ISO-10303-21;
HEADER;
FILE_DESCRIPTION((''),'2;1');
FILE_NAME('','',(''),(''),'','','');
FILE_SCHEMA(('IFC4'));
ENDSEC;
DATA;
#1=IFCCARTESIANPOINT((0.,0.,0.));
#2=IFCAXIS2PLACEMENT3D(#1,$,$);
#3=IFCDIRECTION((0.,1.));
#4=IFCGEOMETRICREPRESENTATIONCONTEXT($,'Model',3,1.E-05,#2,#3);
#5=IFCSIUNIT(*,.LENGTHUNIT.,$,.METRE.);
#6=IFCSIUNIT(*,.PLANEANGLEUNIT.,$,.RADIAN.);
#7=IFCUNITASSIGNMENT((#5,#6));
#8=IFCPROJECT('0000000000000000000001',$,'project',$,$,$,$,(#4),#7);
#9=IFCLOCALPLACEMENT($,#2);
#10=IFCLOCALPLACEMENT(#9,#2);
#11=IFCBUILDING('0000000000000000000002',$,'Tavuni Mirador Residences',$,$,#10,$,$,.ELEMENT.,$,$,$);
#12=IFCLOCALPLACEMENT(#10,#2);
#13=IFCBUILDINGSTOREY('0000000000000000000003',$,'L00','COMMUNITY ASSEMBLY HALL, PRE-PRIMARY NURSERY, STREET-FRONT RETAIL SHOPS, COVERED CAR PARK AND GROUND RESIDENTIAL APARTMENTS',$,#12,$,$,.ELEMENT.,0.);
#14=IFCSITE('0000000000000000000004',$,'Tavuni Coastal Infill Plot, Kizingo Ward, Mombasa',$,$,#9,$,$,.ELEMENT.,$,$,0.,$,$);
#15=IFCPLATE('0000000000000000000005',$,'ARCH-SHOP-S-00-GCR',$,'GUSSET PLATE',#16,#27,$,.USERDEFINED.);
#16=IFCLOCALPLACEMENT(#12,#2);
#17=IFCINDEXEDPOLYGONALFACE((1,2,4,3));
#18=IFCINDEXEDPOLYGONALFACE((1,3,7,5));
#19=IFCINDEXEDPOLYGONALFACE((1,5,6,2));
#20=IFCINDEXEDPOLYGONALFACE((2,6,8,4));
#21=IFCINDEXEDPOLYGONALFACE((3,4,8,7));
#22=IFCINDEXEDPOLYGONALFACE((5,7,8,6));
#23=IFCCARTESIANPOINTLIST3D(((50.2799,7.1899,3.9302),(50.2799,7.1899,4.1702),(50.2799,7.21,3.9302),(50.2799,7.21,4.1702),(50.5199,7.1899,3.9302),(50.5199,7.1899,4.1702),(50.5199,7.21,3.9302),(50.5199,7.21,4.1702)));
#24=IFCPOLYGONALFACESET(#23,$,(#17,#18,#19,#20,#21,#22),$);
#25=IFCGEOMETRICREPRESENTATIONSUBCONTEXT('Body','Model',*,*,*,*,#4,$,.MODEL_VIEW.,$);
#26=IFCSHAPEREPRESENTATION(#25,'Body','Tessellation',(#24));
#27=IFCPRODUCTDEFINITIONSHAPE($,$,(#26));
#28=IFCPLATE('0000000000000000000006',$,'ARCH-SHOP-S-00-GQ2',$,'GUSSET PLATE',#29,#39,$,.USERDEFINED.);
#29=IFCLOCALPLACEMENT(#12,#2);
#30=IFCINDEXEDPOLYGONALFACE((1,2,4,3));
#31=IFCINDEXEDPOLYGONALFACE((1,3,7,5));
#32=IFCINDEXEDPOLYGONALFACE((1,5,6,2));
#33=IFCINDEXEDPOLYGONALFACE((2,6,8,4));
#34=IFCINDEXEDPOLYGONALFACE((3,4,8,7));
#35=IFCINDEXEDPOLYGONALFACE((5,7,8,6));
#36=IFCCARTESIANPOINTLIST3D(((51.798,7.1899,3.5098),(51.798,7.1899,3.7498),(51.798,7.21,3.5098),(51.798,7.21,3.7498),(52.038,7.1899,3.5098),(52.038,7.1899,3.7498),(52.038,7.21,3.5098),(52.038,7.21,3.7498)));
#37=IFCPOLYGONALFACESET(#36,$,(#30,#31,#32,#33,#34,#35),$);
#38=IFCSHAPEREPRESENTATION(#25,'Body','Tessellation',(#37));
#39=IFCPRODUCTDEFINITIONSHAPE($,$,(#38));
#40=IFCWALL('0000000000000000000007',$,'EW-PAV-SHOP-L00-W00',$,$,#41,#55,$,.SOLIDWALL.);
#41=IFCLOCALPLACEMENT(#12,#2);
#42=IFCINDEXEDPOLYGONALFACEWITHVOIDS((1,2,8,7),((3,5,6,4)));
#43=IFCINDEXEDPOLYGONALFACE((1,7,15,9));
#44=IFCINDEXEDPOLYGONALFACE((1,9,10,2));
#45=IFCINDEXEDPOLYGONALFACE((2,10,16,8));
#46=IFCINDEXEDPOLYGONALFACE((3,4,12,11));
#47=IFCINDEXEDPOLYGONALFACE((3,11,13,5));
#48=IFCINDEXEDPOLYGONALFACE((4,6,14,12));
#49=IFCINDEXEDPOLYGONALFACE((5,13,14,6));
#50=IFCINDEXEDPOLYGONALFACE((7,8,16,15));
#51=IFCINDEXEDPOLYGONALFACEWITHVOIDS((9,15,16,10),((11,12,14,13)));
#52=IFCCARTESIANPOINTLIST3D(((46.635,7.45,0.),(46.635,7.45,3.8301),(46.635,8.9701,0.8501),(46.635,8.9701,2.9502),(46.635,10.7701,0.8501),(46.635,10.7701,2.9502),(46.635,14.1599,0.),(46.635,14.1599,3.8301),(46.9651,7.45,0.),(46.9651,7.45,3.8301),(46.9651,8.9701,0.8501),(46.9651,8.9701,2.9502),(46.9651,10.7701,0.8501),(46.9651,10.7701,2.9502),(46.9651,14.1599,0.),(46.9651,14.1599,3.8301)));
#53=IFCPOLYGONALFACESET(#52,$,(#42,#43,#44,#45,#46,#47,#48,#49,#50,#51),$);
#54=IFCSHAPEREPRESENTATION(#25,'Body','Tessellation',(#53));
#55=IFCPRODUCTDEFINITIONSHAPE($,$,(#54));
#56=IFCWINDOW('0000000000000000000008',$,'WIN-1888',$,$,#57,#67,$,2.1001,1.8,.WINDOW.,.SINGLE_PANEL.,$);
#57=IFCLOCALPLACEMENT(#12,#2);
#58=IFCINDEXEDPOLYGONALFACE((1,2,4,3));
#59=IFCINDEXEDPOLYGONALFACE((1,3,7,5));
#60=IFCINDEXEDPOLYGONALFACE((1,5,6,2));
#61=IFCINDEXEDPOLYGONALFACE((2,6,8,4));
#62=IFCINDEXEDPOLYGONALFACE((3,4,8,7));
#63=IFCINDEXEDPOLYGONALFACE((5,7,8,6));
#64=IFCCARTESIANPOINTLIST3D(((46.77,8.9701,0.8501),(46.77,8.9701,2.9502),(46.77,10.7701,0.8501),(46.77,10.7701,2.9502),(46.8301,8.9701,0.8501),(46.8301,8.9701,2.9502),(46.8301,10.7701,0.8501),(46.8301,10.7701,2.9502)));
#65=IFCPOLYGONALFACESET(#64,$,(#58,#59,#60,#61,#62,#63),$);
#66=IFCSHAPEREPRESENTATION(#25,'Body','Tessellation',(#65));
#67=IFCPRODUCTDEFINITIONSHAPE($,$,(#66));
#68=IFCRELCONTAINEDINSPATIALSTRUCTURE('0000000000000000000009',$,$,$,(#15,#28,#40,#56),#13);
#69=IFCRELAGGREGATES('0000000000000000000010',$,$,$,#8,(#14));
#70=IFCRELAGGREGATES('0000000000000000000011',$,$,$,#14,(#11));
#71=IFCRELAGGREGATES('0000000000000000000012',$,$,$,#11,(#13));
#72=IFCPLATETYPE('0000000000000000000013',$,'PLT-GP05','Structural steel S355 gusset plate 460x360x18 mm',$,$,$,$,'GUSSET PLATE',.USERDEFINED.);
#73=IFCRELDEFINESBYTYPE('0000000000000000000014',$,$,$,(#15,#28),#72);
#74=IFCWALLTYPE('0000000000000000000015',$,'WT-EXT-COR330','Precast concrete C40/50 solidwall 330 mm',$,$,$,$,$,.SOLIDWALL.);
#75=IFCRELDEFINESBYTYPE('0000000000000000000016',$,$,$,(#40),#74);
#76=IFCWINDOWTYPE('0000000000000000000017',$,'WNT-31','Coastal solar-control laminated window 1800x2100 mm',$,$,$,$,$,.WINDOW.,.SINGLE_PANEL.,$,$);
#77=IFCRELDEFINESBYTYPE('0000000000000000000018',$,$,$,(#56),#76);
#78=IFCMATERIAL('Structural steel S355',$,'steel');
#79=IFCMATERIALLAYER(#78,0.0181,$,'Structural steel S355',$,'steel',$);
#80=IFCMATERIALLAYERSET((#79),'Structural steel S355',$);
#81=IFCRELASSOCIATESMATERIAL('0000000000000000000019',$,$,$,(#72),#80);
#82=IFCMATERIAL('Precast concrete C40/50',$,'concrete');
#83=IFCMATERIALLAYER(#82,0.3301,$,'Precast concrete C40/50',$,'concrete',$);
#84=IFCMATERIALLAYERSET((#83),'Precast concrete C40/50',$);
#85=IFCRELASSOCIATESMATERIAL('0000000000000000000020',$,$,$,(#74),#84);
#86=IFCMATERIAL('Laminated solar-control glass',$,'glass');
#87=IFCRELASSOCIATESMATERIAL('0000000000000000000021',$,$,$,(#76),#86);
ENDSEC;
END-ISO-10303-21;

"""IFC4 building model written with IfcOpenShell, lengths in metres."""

from ifc_helpers import new_model, si_unit, direction, frame, frame_2d, origin, origin_2d, place, context, subcontext, project, spatial, rectangle, extrude, material, layer, layer_set, type_object, element, fill, save


model = new_model("IFC4")

# Units and contexts
model_context = context("Model", 3, precision=1e-05, world=origin(), true_north=direction((0.0, 1.0)))
body_context = subcontext(model_context, "Body", "Model", "MODEL_VIEW")
ifc_project = project(units=[si_unit("LENGTHUNIT", "METRE"), si_unit("PLANEANGLEUNIT", "RADIAN")], contexts=[model_context])

# Site, building, storey
site_placement = place(None, origin())
site = spatial("IfcSite", under=ifc_project, at=site_placement, Name="Tavuni Coastal Infill Plot, Kizingo Ward, Mombasa", CompositionType="ELEMENT", RefElevation=0.0)
building_placement = place(site_placement, origin())
building = spatial("IfcBuilding", under=site, at=building_placement, Name="Tavuni Mirador Residences", CompositionType="ELEMENT")
storey_placement = place(building_placement, origin())
storey = spatial("IfcBuildingStorey", under=building, at=storey_placement, Name="L00", Description="COMMUNITY ASSEMBLY HALL, PRE-PRIMARY NURSERY, STREET-FRONT RETAIL SHOPS, COVERED CAR PARK AND GROUND RESIDENTIAL APARTMENTS", CompositionType="ELEMENT", Elevation=0.0)

# Shared definitions
ifc_material_1 = material(Name="Precast concrete C40/50", Category="concrete")

# Shared definitions
ifc_material_2 = material(Name="Structural steel S355", Category="steel")

# Plates
ifc_layer_1 = layer(ifc_material_2, 0.0181, Name="Structural steel S355", Category="steel")
ifc_layer_set_1 = layer_set([ifc_layer_1], Name="Structural steel S355")
plate_type = type_object("IfcPlateType", Name="PLT-GP05", Description="Structural steel S355 gusset plate 460x360x18 mm", ElementType="GUSSET PLATE", PredefinedType="USERDEFINED", material=ifc_layer_set_1)
for number, where, z_axis, x_axis, name in (
    (1, (50.3999, 7.2, 3.9302), (0.0, 0.0, 1.0), (1.0, 0.0, 0.0), "ARCH-SHOP-S-00-GCR"),
    (2, (51.918, 7.2, 3.5098), (0.0, 0.0, 1.0), (1.0, 0.0, 0.0), "ARCH-SHOP-S-00-GQ2"),
):
    element("IfcPlate", number, at=place(storey_placement, frame(where, z_axis=z_axis, x_axis=x_axis)), inside=storey, type_object=plate_type, Name=name, ObjectType="GUSSET PLATE", PredefinedType="USERDEFINED", context=body_context, shape_type="SweptSolid", body=[
        extrude(rectangle(XDim=0.24, YDim=0.02, at=origin_2d()), origin(), (0.0, 0.0, 1.0), 0.24),
    ])

# Shared definitions
ifc_layer_2 = layer(ifc_material_1, 0.3301, Name="Precast concrete C40/50", Category="concrete")
ifc_layer_set_2 = layer_set([ifc_layer_2], Name="Precast concrete C40/50")
wall_type_1 = type_object("IfcWallType", Name="WT-EXT-COR330", Description="Precast concrete C40/50 solidwall 330 mm", PredefinedType="SOLIDWALL", material=ifc_layer_set_2)

# Wall, opening, window
wall_1_placement = place(storey_placement, frame((46.8, 14.1599, 0.0), z_axis=(0.0, 0.0, 1.0), x_axis=(0.0, -1.0, 0.0)))
wall_1 = element("IfcWall", 3, at=wall_1_placement, inside=storey, type_object=wall_type_1, Name="EW-PAV-SHOP-L00-W00", PredefinedType="SOLIDWALL", context=body_context, shape_type="SweptSolid", body=[
    extrude(rectangle(XDim=6.71, YDim=0.3301, at=frame_2d((3.355, 0.0))), origin(), (0.0, 0.0, 1.0), 3.8301),
])
opening_1_placement = place(wall_1_placement, frame((3.3899, 0.0, 0.8501)))
opening_1 = element("IfcOpeningElement", 4, at=opening_1_placement, cuts=wall_1, PredefinedType="OPENING", context=body_context, shape_type="SweptSolid", body=[
    extrude(rectangle(XDim=1.8, YDim=2.1001, at=frame_2d((0.8999, 1.05))), frame((0.0, 0.175, 0.0), z_axis=(0.0, -1.0, 0.0), x_axis=(1.0, 0.0, 0.0)), (0.0, 0.0, 1.0), 0.3501),
])
ifc_material_3 = material(Name="Laminated solar-control glass", Category="glass")
window_type = type_object("IfcWindowType", Name="WNT-31", Description="Coastal solar-control laminated window 1800x2100 mm", PartitioningType="SINGLE_PANEL", PredefinedType="WINDOW", material=ifc_material_3)
window_placement = place(opening_1_placement, origin())
window = element("IfcWindow", 5, at=window_placement, inside=storey, type_object=window_type, Name="WIN-1888", OverallHeight=2.1001, OverallWidth=1.8, PartitioningType="SINGLE_PANEL", PredefinedType="WINDOW", context=body_context, shape_type="SweptSolid", body=[
    extrude(rectangle(XDim=1.8, YDim=2.1001, at=frame_2d((0.8999, 1.05))), frame((0.0, 0.03, 0.0), z_axis=(0.0, -1.0, 0.0), x_axis=(1.0, 0.0, 0.0)), (0.0, 0.0, 1.0), 0.0601),
])
fill(opening_1, window)

save(model, "model.ifc")
